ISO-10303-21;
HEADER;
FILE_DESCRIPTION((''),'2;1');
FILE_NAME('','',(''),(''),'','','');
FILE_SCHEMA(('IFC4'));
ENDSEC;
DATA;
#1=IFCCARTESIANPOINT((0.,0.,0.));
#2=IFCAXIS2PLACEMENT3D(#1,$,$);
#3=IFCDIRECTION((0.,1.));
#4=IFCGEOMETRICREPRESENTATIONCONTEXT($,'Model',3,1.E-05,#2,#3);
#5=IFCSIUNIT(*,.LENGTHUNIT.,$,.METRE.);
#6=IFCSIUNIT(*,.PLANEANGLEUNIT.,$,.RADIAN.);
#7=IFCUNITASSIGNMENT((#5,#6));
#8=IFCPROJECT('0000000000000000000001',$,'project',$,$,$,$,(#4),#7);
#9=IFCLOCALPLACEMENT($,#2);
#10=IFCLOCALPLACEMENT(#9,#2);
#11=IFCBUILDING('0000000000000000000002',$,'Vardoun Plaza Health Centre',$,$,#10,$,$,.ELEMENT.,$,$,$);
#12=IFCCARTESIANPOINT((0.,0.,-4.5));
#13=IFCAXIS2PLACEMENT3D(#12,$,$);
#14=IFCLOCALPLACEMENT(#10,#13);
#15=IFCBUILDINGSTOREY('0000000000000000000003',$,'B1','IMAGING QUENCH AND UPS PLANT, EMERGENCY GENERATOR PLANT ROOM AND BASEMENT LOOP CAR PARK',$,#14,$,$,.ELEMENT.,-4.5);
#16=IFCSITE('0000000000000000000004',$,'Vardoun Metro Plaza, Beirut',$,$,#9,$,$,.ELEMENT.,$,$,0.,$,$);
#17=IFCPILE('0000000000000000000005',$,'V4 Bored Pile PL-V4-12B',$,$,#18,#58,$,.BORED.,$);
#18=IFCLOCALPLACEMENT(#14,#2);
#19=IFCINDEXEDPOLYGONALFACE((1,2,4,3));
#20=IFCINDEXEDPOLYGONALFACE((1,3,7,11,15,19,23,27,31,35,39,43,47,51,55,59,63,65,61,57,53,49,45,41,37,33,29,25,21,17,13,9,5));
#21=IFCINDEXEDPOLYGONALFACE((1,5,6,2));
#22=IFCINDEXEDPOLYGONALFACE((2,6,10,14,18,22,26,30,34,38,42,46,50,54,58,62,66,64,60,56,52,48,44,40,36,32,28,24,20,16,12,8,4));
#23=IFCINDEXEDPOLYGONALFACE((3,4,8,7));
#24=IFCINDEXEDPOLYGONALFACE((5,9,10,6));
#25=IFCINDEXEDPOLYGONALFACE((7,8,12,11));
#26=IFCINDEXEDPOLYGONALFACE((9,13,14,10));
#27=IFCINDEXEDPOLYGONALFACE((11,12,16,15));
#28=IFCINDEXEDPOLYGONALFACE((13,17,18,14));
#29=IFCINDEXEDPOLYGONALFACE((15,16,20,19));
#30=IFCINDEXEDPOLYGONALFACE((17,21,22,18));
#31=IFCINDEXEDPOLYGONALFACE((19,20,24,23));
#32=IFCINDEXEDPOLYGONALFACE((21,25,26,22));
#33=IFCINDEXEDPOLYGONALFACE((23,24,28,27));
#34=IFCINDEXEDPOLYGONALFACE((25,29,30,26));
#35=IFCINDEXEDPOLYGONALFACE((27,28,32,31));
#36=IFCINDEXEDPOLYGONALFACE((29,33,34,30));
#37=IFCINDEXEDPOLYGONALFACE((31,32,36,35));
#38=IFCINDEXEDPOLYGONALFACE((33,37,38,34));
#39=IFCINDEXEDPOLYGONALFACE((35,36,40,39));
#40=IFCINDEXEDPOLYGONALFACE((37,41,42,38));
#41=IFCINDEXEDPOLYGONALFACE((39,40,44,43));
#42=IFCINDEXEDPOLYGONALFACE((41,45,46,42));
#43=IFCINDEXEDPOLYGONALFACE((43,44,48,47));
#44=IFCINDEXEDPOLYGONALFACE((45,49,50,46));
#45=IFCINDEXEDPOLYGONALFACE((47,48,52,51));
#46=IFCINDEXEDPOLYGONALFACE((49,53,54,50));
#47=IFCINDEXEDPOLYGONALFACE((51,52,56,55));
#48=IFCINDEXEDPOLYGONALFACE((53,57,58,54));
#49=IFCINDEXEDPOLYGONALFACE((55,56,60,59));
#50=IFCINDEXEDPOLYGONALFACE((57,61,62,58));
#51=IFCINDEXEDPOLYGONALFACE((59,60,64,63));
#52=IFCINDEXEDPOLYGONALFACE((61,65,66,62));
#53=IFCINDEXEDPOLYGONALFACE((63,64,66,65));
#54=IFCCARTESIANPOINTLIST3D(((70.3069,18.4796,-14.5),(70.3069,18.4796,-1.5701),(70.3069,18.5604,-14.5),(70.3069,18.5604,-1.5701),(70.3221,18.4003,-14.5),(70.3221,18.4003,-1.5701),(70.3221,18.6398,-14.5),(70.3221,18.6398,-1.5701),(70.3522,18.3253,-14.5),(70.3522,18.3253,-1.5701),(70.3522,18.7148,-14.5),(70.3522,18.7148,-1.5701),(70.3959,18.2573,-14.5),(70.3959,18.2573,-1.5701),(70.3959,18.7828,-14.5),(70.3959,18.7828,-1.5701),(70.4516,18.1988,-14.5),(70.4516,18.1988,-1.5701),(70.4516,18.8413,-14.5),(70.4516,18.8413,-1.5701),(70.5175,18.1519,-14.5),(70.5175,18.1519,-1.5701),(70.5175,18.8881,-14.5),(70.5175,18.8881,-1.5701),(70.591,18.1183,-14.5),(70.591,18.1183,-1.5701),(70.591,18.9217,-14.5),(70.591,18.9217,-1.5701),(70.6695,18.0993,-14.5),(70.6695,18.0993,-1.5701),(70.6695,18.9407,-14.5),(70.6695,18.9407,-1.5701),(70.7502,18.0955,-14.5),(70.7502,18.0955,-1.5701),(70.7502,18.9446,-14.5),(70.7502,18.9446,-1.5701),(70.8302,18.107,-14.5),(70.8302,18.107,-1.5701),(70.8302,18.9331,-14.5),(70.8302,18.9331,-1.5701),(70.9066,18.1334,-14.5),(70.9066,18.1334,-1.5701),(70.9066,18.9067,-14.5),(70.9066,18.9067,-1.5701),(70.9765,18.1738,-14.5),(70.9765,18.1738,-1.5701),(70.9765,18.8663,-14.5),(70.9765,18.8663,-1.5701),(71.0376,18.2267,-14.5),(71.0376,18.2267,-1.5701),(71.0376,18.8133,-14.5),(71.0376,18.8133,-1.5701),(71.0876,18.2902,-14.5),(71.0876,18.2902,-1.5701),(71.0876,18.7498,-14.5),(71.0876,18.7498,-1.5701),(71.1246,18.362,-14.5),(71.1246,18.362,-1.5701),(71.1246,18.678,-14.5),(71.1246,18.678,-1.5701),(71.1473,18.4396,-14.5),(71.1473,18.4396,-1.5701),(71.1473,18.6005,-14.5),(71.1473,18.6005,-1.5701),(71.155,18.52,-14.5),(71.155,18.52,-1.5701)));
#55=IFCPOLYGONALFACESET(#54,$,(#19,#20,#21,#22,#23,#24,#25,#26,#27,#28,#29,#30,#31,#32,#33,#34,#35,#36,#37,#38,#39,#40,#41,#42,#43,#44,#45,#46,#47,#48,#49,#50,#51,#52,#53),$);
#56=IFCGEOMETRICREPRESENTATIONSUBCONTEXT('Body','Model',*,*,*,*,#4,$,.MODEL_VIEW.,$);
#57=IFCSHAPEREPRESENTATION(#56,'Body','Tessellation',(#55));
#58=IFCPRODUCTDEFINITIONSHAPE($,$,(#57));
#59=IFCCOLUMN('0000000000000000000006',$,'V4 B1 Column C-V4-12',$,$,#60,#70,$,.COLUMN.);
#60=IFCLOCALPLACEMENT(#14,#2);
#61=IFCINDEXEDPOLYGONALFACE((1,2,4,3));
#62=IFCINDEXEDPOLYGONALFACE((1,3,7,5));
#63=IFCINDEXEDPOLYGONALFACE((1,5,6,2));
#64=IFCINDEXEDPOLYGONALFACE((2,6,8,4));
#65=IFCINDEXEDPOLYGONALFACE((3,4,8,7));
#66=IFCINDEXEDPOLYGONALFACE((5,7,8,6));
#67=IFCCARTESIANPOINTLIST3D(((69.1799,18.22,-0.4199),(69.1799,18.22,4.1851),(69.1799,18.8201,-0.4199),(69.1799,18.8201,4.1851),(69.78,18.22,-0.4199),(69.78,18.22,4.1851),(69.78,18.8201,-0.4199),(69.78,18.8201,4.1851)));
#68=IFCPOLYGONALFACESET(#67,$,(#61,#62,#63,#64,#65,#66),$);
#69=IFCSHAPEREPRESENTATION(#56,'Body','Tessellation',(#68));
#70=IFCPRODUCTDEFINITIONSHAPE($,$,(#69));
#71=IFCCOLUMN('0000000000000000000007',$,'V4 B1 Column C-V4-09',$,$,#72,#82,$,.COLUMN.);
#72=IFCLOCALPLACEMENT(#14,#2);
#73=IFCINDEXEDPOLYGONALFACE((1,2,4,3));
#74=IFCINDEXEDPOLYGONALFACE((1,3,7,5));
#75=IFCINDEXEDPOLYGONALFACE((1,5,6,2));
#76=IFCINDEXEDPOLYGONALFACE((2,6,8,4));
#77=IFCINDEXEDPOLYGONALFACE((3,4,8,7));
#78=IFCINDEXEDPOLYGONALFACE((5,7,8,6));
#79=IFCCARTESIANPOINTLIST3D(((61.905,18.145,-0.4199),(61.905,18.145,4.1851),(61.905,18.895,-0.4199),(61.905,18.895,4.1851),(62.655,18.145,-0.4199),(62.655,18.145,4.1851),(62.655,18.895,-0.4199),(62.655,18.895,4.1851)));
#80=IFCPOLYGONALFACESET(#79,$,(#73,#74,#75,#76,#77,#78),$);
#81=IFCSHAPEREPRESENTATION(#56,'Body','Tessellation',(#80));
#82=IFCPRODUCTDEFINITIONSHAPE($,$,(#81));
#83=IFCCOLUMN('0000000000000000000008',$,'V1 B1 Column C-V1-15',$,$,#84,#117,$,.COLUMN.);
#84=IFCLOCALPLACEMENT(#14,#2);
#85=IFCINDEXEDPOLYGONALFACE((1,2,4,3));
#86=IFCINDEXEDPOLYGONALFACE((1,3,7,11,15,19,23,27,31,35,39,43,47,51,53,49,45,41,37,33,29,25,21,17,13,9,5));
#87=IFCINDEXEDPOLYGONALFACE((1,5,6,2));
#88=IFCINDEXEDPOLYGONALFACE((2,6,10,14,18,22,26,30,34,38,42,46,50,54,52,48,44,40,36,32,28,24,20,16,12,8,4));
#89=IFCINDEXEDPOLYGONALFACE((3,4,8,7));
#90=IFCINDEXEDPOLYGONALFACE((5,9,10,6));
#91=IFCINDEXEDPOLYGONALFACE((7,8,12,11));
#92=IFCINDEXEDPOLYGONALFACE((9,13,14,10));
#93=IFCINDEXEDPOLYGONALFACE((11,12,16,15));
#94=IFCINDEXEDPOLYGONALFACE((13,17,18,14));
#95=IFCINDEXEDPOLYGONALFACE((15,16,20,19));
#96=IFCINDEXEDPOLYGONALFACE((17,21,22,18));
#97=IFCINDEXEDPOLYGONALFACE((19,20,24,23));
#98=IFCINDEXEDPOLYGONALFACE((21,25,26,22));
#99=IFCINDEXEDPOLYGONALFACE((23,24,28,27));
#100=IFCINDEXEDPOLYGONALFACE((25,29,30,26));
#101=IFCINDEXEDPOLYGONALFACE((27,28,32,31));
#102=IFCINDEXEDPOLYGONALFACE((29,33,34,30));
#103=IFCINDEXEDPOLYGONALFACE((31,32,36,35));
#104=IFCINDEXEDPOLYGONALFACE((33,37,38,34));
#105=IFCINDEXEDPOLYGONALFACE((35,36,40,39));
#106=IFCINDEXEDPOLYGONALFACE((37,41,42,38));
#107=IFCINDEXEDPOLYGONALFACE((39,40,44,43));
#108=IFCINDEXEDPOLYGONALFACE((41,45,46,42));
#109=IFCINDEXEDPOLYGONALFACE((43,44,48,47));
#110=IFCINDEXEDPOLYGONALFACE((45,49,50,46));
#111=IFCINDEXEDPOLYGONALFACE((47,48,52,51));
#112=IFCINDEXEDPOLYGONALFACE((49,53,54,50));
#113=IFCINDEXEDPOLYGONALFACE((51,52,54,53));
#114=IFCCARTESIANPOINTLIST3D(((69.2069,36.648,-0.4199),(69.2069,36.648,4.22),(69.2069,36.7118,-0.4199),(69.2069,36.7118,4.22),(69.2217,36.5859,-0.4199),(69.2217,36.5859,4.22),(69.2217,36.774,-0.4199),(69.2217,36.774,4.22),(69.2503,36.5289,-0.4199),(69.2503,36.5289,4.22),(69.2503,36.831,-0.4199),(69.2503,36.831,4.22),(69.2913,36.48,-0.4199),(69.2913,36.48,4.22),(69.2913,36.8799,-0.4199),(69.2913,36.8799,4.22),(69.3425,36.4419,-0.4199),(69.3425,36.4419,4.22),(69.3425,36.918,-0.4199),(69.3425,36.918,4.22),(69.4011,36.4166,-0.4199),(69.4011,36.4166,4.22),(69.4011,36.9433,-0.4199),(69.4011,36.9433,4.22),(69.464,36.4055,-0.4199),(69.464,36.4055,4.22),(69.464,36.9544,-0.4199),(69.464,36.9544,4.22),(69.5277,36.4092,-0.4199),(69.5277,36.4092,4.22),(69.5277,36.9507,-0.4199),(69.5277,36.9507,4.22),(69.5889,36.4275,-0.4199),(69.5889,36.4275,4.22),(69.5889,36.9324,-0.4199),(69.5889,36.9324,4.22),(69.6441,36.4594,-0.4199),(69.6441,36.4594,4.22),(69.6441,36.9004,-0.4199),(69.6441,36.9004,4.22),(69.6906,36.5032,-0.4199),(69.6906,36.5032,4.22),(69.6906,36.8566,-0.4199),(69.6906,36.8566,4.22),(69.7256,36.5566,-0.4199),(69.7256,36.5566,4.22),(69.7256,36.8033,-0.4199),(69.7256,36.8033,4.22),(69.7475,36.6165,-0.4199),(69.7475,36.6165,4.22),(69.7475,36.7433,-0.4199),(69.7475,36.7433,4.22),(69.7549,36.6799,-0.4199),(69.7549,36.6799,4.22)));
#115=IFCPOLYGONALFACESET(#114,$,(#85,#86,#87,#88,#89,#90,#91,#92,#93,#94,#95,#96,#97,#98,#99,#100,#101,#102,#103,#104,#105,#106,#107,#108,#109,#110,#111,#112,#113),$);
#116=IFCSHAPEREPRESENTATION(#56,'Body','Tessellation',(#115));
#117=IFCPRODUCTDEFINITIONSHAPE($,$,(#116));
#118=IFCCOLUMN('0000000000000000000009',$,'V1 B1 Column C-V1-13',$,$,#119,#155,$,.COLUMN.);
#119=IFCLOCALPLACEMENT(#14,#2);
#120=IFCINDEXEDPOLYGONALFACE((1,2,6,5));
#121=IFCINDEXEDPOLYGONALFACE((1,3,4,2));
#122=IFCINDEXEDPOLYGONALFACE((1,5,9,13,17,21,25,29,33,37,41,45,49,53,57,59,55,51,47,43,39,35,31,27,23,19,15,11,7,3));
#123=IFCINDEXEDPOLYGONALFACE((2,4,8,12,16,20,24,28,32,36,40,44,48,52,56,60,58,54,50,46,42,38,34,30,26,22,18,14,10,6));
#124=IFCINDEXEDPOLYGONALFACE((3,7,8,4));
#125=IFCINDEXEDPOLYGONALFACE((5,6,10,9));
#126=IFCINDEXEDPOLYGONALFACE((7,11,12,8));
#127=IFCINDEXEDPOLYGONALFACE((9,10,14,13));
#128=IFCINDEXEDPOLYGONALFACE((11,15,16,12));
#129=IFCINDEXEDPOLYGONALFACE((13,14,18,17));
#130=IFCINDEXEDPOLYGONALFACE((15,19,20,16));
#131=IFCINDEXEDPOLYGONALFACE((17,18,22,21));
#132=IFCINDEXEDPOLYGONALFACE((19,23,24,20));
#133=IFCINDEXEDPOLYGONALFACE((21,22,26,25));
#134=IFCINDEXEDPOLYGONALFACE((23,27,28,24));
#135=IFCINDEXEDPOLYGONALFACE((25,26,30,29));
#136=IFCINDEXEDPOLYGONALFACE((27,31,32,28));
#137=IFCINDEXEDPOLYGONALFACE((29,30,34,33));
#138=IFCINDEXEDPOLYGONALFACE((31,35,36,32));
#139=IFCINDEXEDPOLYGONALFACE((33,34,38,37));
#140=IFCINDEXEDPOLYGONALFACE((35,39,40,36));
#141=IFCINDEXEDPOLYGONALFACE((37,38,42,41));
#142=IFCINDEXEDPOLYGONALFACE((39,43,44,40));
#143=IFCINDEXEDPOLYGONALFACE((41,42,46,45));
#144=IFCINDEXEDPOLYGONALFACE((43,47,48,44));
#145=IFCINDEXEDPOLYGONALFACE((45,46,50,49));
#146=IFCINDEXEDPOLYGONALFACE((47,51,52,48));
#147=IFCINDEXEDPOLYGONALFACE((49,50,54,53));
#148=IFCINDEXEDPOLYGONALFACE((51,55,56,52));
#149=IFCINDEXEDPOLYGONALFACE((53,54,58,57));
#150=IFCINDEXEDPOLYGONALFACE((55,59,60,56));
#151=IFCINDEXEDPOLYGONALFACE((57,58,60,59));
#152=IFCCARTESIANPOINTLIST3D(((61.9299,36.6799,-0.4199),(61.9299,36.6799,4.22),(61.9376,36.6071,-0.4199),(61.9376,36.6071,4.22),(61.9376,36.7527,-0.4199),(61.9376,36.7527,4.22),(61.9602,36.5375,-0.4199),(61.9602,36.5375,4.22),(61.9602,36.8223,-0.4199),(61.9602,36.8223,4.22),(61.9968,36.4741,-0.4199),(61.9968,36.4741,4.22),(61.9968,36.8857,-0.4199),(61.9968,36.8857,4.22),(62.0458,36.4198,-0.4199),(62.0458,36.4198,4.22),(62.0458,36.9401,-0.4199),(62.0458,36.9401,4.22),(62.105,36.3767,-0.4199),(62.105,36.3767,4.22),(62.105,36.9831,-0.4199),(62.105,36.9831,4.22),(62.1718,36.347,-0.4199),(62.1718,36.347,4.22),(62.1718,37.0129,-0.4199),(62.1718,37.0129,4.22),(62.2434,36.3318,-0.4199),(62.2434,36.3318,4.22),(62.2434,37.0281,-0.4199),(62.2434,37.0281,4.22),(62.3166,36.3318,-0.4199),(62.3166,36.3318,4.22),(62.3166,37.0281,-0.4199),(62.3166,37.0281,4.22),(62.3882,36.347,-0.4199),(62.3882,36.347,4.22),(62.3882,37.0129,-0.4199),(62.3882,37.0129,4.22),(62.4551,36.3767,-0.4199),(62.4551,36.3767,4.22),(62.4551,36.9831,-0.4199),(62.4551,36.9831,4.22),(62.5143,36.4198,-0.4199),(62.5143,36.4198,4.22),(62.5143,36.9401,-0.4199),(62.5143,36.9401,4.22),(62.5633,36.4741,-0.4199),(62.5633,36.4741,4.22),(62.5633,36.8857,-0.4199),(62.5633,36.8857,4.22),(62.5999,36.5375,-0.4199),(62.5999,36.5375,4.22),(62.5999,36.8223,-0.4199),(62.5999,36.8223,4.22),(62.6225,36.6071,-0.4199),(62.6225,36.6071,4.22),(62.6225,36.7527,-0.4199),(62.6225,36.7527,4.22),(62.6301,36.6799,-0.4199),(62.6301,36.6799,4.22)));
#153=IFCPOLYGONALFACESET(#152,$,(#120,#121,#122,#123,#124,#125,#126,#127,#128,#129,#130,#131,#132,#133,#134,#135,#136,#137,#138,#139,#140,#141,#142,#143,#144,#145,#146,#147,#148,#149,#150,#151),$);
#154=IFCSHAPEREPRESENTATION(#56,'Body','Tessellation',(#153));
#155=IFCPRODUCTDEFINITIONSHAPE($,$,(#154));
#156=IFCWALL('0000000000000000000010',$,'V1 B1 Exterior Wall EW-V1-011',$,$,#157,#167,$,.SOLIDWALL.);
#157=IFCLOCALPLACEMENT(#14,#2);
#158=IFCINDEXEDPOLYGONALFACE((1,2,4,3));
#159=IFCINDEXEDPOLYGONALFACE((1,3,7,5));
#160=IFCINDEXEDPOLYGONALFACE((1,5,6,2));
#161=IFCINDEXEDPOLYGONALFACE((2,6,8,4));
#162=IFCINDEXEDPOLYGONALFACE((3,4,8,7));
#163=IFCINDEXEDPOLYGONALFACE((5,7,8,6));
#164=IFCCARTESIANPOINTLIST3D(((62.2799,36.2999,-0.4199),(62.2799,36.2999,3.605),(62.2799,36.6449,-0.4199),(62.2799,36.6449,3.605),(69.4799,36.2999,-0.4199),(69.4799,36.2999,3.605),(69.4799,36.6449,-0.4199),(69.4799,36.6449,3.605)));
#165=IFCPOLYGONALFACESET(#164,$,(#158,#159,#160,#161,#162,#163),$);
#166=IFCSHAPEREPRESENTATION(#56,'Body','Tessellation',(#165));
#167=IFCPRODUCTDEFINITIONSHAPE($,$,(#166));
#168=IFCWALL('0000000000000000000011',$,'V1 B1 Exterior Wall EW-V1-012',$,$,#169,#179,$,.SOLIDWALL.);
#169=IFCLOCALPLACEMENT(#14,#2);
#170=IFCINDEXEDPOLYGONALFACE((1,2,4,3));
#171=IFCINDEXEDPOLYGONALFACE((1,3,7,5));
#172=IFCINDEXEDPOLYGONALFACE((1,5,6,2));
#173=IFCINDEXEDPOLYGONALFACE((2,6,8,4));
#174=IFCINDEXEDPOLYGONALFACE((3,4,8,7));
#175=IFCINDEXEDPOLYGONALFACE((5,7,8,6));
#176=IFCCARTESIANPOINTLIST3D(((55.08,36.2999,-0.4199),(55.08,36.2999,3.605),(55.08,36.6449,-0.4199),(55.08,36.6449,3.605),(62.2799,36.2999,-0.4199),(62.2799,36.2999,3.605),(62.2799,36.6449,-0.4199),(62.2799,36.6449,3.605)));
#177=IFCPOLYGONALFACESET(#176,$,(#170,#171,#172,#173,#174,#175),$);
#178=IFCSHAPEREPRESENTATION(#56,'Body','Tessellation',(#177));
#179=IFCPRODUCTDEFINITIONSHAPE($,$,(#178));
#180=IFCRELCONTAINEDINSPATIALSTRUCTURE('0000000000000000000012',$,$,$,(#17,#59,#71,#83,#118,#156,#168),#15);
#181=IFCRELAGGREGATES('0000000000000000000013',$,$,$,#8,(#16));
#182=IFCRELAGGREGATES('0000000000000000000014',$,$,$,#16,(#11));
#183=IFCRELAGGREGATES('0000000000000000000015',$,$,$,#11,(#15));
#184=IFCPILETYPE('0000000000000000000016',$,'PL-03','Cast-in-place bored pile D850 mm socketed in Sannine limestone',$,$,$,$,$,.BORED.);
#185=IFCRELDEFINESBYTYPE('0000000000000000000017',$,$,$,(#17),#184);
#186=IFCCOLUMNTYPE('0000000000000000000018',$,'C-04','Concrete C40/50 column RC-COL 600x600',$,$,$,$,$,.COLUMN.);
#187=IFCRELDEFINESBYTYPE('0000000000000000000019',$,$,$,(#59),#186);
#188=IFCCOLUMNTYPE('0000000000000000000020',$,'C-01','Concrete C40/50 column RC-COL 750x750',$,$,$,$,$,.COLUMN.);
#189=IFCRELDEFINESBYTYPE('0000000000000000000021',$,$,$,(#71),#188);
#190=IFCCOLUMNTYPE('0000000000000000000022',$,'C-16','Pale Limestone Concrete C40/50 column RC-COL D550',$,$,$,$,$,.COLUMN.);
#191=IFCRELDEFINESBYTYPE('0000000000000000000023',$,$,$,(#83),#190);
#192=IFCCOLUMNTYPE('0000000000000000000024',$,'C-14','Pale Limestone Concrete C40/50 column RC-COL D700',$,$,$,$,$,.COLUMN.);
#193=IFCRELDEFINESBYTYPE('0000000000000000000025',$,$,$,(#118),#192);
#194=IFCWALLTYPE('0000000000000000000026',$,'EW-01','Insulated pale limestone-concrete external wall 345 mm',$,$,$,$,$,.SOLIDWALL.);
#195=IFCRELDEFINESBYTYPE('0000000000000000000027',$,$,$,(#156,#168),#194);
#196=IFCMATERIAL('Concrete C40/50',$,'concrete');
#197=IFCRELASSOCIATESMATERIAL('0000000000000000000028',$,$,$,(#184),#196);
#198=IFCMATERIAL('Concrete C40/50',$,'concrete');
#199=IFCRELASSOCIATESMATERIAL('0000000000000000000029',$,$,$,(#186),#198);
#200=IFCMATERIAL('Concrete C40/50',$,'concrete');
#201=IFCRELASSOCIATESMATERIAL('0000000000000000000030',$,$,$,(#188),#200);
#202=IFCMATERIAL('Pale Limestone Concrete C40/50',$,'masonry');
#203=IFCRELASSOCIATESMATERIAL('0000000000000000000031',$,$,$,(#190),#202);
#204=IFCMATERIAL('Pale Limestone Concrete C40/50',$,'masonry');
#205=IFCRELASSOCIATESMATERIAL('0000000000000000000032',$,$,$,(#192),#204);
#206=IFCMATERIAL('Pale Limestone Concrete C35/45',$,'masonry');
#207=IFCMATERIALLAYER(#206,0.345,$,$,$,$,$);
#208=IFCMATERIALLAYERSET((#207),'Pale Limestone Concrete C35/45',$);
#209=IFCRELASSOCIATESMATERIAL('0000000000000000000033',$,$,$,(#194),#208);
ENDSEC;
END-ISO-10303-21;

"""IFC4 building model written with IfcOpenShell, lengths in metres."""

from ifc_helpers import new_model, si_unit, direction, frame, frame_2d, origin, origin_2d, place, context, subcontext, project, spatial, rectangle, circle, extrude, material, layer, layer_set, material_profile, profile_set, type_object, element, save


model = new_model("IFC4")

# Units and contexts
model_context = context("Model", 3, precision=1e-05, world=origin(), true_north=direction((0.0, 1.0)))
body_context = subcontext(model_context, "Body", "Model", "MODEL_VIEW")
ifc_project = project(units=[si_unit("LENGTHUNIT", "METRE"), si_unit("PLANEANGLEUNIT", "RADIAN")], contexts=[model_context])

# Site, building, storey
site_placement = place(None, origin())
site = spatial("IfcSite", under=ifc_project, at=site_placement, Name="Vardoun Metro Plaza, Beirut", CompositionType="ELEMENT", RefElevation=0.0)
building_placement = place(site_placement, origin())
building = spatial("IfcBuilding", under=site, at=building_placement, Name="Vardoun Plaza Health Centre", CompositionType="ELEMENT")
storey_placement = place(building_placement, frame((0.0, 0.0, -4.5)))
storey = spatial("IfcBuildingStorey", under=building, at=storey_placement, Name="B1", Description="IMAGING QUENCH AND UPS PLANT, EMERGENCY GENERATOR PLANT ROOM AND BASEMENT LOOP CAR PARK", CompositionType="ELEMENT", Elevation=-4.5)

# Pile
ifc_material_1 = material(Name="Concrete C40/50", Category="concrete")
ifc_material_profile_1 = material_profile(ifc_material_1, circle(Radius=0.425, at=origin_2d()), Name="PILE D850")
ifc_profile_set_1 = profile_set([ifc_material_profile_1], Name="Concrete C40/50")
pile_type_1 = type_object("IfcPileType", Name="PL-03", Description="Cast-in-place bored pile D850 mm socketed in Sannine limestone", PredefinedType="BORED", material=ifc_profile_set_1)
for number, where, z_axis, x_axis, name in (
    (1, (70.73, 18.52, -1.5701), (0.0, 0.0, -1.0), (1.0, 0.0, 0.0), "V4 Bored Pile PL-V4-12B"),
):
    element("IfcPile", number, at=place(storey_placement, frame(where, z_axis=z_axis, x_axis=x_axis)), inside=storey, type_object=pile_type_1, Name=name, PredefinedType="BORED", context=body_context, shape_type="SweptSolid", body=[
        extrude(circle(Radius=0.425, at=origin_2d()), origin(), (0.0, 0.0, 1.0), 12.9299),
    ])

# Columns
ifc_material_2 = material(Name="Concrete C40/50", Category="concrete")
ifc_material_profile_2 = material_profile(ifc_material_2, rectangle(XDim=0.6001, YDim=0.6001, at=origin_2d()), Name="RC-COL 600x600")
ifc_profile_set_2 = profile_set([ifc_material_profile_2], Name="Concrete C40/50")
column_type_1 = type_object("IfcColumnType", Name="C-04", Description="Concrete C40/50 column RC-COL 600x600", PredefinedType="COLUMN", material=ifc_profile_set_2)
column_1_placement = place(storey_placement, frame((69.48, 18.52, -0.4199), z_axis=(0.0, 0.0, 1.0), x_axis=(1.0, 0.0, 0.0)))
element("IfcColumn", 2, at=column_1_placement, inside=storey, type_object=column_type_1, Name="V4 B1 Column C-V4-12", PredefinedType="COLUMN", context=body_context, shape_type="SweptSolid", body=[
    extrude(rectangle(XDim=0.6001, YDim=0.6001, at=origin_2d()), origin(), (0.0, 0.0, 1.0), 4.605),
])
ifc_material_3 = material(Name="Concrete C40/50", Category="concrete")
ifc_material_profile_3 = material_profile(ifc_material_3, rectangle(XDim=0.75, YDim=0.75, at=origin_2d()), Name="RC-COL 750x750")
ifc_profile_set_3 = profile_set([ifc_material_profile_3], Name="Concrete C40/50")
column_type_2 = type_object("IfcColumnType", Name="C-01", Description="Concrete C40/50 column RC-COL 750x750", PredefinedType="COLUMN", material=ifc_profile_set_3)
column_2_placement = place(storey_placement, frame((62.28, 18.52, -0.4199), z_axis=(0.0, 0.0, 1.0), x_axis=(1.0, 0.0, 0.0)))
element("IfcColumn", 3, at=column_2_placement, inside=storey, type_object=column_type_2, Name="V4 B1 Column C-V4-09", PredefinedType="COLUMN", context=body_context, shape_type="SweptSolid", body=[
    extrude(rectangle(XDim=0.75, YDim=0.75, at=origin_2d()), origin(), (0.0, 0.0, 1.0), 4.605),
])
ifc_material_4 = material(Name="Pale Limestone Concrete C40/50", Category="masonry")
ifc_material_profile_4 = material_profile(ifc_material_4, circle(Radius=0.2749, at=origin_2d()), Name="RC-COL D550")
ifc_profile_set_4 = profile_set([ifc_material_profile_4], Name="Pale Limestone Concrete C40/50")
column_type_3 = type_object("IfcColumnType", Name="C-16", Description="Pale Limestone Concrete C40/50 column RC-COL D550", PredefinedType="COLUMN", material=ifc_profile_set_4)
column_3_placement = place(storey_placement, frame((69.48, 36.6799, -0.4199), z_axis=(0.0, 0.0, 1.0), x_axis=(1.0, 0.0, 0.0)))
element("IfcColumn", 4, at=column_3_placement, inside=storey, type_object=column_type_3, Name="V1 B1 Column C-V1-15", PredefinedType="COLUMN", context=body_context, shape_type="SweptSolid", body=[
    extrude(circle(Radius=0.2749, at=origin_2d()), origin(), (0.0, 0.0, 1.0), 4.6399),
])
ifc_material_5 = material(Name="Pale Limestone Concrete C40/50", Category="masonry")
ifc_material_profile_5 = material_profile(ifc_material_5, circle(Radius=0.3501, at=origin_2d()), Name="RC-COL D700")
ifc_profile_set_5 = profile_set([ifc_material_profile_5], Name="Pale Limestone Concrete C40/50")
column_type_4 = type_object("IfcColumnType", Name="C-14", Description="Pale Limestone Concrete C40/50 column RC-COL D700", PredefinedType="COLUMN", material=ifc_profile_set_5)
column_4_placement = place(storey_placement, frame((62.28, 36.6799, -0.4199), z_axis=(0.0, 0.0, 1.0), x_axis=(1.0, 0.0, 0.0)))
element("IfcColumn", 5, at=column_4_placement, inside=storey, type_object=column_type_4, Name="V1 B1 Column C-V1-13", PredefinedType="COLUMN", context=body_context, shape_type="SweptSolid", body=[
    extrude(circle(Radius=0.3501, at=origin_2d()), origin(), (0.0, 0.0, 1.0), 4.6399),
])

# Walls
ifc_material_6 = material(Name="Pale Limestone Concrete C35/45", Category="masonry")
ifc_layer_1 = layer(ifc_material_6, 0.345)
ifc_layer_set_1 = layer_set([ifc_layer_1], Name="Pale Limestone Concrete C35/45")
wall_type_1 = type_object("IfcWallType", Name="EW-01", Description="Insulated pale limestone-concrete external wall 345 mm", PredefinedType="SOLIDWALL", material=ifc_layer_set_1)
for number, where, z_axis, x_axis, name in (
    (6, (69.48, 36.4724, -0.4199), (0.0, 0.0, 1.0), (-1.0, 0.0, 0.0), "V1 B1 Exterior Wall EW-V1-011"),
    (7, (62.28, 36.4724, -0.4199), (0.0, 0.0, 1.0), (-1.0, 0.0, 0.0), "V1 B1 Exterior Wall EW-V1-012"),
):
    element("IfcWall", number, at=place(storey_placement, frame(where, z_axis=z_axis, x_axis=x_axis)), inside=storey, type_object=wall_type_1, Name=name, PredefinedType="SOLIDWALL", context=body_context, shape_type="SweptSolid", body=[
        extrude(rectangle(XDim=7.2, YDim=0.345, at=frame_2d((3.6001, 0.0))), origin(), (0.0, 0.0, 1.0), 4.0249),
    ])

save(model, "model.ifc")
